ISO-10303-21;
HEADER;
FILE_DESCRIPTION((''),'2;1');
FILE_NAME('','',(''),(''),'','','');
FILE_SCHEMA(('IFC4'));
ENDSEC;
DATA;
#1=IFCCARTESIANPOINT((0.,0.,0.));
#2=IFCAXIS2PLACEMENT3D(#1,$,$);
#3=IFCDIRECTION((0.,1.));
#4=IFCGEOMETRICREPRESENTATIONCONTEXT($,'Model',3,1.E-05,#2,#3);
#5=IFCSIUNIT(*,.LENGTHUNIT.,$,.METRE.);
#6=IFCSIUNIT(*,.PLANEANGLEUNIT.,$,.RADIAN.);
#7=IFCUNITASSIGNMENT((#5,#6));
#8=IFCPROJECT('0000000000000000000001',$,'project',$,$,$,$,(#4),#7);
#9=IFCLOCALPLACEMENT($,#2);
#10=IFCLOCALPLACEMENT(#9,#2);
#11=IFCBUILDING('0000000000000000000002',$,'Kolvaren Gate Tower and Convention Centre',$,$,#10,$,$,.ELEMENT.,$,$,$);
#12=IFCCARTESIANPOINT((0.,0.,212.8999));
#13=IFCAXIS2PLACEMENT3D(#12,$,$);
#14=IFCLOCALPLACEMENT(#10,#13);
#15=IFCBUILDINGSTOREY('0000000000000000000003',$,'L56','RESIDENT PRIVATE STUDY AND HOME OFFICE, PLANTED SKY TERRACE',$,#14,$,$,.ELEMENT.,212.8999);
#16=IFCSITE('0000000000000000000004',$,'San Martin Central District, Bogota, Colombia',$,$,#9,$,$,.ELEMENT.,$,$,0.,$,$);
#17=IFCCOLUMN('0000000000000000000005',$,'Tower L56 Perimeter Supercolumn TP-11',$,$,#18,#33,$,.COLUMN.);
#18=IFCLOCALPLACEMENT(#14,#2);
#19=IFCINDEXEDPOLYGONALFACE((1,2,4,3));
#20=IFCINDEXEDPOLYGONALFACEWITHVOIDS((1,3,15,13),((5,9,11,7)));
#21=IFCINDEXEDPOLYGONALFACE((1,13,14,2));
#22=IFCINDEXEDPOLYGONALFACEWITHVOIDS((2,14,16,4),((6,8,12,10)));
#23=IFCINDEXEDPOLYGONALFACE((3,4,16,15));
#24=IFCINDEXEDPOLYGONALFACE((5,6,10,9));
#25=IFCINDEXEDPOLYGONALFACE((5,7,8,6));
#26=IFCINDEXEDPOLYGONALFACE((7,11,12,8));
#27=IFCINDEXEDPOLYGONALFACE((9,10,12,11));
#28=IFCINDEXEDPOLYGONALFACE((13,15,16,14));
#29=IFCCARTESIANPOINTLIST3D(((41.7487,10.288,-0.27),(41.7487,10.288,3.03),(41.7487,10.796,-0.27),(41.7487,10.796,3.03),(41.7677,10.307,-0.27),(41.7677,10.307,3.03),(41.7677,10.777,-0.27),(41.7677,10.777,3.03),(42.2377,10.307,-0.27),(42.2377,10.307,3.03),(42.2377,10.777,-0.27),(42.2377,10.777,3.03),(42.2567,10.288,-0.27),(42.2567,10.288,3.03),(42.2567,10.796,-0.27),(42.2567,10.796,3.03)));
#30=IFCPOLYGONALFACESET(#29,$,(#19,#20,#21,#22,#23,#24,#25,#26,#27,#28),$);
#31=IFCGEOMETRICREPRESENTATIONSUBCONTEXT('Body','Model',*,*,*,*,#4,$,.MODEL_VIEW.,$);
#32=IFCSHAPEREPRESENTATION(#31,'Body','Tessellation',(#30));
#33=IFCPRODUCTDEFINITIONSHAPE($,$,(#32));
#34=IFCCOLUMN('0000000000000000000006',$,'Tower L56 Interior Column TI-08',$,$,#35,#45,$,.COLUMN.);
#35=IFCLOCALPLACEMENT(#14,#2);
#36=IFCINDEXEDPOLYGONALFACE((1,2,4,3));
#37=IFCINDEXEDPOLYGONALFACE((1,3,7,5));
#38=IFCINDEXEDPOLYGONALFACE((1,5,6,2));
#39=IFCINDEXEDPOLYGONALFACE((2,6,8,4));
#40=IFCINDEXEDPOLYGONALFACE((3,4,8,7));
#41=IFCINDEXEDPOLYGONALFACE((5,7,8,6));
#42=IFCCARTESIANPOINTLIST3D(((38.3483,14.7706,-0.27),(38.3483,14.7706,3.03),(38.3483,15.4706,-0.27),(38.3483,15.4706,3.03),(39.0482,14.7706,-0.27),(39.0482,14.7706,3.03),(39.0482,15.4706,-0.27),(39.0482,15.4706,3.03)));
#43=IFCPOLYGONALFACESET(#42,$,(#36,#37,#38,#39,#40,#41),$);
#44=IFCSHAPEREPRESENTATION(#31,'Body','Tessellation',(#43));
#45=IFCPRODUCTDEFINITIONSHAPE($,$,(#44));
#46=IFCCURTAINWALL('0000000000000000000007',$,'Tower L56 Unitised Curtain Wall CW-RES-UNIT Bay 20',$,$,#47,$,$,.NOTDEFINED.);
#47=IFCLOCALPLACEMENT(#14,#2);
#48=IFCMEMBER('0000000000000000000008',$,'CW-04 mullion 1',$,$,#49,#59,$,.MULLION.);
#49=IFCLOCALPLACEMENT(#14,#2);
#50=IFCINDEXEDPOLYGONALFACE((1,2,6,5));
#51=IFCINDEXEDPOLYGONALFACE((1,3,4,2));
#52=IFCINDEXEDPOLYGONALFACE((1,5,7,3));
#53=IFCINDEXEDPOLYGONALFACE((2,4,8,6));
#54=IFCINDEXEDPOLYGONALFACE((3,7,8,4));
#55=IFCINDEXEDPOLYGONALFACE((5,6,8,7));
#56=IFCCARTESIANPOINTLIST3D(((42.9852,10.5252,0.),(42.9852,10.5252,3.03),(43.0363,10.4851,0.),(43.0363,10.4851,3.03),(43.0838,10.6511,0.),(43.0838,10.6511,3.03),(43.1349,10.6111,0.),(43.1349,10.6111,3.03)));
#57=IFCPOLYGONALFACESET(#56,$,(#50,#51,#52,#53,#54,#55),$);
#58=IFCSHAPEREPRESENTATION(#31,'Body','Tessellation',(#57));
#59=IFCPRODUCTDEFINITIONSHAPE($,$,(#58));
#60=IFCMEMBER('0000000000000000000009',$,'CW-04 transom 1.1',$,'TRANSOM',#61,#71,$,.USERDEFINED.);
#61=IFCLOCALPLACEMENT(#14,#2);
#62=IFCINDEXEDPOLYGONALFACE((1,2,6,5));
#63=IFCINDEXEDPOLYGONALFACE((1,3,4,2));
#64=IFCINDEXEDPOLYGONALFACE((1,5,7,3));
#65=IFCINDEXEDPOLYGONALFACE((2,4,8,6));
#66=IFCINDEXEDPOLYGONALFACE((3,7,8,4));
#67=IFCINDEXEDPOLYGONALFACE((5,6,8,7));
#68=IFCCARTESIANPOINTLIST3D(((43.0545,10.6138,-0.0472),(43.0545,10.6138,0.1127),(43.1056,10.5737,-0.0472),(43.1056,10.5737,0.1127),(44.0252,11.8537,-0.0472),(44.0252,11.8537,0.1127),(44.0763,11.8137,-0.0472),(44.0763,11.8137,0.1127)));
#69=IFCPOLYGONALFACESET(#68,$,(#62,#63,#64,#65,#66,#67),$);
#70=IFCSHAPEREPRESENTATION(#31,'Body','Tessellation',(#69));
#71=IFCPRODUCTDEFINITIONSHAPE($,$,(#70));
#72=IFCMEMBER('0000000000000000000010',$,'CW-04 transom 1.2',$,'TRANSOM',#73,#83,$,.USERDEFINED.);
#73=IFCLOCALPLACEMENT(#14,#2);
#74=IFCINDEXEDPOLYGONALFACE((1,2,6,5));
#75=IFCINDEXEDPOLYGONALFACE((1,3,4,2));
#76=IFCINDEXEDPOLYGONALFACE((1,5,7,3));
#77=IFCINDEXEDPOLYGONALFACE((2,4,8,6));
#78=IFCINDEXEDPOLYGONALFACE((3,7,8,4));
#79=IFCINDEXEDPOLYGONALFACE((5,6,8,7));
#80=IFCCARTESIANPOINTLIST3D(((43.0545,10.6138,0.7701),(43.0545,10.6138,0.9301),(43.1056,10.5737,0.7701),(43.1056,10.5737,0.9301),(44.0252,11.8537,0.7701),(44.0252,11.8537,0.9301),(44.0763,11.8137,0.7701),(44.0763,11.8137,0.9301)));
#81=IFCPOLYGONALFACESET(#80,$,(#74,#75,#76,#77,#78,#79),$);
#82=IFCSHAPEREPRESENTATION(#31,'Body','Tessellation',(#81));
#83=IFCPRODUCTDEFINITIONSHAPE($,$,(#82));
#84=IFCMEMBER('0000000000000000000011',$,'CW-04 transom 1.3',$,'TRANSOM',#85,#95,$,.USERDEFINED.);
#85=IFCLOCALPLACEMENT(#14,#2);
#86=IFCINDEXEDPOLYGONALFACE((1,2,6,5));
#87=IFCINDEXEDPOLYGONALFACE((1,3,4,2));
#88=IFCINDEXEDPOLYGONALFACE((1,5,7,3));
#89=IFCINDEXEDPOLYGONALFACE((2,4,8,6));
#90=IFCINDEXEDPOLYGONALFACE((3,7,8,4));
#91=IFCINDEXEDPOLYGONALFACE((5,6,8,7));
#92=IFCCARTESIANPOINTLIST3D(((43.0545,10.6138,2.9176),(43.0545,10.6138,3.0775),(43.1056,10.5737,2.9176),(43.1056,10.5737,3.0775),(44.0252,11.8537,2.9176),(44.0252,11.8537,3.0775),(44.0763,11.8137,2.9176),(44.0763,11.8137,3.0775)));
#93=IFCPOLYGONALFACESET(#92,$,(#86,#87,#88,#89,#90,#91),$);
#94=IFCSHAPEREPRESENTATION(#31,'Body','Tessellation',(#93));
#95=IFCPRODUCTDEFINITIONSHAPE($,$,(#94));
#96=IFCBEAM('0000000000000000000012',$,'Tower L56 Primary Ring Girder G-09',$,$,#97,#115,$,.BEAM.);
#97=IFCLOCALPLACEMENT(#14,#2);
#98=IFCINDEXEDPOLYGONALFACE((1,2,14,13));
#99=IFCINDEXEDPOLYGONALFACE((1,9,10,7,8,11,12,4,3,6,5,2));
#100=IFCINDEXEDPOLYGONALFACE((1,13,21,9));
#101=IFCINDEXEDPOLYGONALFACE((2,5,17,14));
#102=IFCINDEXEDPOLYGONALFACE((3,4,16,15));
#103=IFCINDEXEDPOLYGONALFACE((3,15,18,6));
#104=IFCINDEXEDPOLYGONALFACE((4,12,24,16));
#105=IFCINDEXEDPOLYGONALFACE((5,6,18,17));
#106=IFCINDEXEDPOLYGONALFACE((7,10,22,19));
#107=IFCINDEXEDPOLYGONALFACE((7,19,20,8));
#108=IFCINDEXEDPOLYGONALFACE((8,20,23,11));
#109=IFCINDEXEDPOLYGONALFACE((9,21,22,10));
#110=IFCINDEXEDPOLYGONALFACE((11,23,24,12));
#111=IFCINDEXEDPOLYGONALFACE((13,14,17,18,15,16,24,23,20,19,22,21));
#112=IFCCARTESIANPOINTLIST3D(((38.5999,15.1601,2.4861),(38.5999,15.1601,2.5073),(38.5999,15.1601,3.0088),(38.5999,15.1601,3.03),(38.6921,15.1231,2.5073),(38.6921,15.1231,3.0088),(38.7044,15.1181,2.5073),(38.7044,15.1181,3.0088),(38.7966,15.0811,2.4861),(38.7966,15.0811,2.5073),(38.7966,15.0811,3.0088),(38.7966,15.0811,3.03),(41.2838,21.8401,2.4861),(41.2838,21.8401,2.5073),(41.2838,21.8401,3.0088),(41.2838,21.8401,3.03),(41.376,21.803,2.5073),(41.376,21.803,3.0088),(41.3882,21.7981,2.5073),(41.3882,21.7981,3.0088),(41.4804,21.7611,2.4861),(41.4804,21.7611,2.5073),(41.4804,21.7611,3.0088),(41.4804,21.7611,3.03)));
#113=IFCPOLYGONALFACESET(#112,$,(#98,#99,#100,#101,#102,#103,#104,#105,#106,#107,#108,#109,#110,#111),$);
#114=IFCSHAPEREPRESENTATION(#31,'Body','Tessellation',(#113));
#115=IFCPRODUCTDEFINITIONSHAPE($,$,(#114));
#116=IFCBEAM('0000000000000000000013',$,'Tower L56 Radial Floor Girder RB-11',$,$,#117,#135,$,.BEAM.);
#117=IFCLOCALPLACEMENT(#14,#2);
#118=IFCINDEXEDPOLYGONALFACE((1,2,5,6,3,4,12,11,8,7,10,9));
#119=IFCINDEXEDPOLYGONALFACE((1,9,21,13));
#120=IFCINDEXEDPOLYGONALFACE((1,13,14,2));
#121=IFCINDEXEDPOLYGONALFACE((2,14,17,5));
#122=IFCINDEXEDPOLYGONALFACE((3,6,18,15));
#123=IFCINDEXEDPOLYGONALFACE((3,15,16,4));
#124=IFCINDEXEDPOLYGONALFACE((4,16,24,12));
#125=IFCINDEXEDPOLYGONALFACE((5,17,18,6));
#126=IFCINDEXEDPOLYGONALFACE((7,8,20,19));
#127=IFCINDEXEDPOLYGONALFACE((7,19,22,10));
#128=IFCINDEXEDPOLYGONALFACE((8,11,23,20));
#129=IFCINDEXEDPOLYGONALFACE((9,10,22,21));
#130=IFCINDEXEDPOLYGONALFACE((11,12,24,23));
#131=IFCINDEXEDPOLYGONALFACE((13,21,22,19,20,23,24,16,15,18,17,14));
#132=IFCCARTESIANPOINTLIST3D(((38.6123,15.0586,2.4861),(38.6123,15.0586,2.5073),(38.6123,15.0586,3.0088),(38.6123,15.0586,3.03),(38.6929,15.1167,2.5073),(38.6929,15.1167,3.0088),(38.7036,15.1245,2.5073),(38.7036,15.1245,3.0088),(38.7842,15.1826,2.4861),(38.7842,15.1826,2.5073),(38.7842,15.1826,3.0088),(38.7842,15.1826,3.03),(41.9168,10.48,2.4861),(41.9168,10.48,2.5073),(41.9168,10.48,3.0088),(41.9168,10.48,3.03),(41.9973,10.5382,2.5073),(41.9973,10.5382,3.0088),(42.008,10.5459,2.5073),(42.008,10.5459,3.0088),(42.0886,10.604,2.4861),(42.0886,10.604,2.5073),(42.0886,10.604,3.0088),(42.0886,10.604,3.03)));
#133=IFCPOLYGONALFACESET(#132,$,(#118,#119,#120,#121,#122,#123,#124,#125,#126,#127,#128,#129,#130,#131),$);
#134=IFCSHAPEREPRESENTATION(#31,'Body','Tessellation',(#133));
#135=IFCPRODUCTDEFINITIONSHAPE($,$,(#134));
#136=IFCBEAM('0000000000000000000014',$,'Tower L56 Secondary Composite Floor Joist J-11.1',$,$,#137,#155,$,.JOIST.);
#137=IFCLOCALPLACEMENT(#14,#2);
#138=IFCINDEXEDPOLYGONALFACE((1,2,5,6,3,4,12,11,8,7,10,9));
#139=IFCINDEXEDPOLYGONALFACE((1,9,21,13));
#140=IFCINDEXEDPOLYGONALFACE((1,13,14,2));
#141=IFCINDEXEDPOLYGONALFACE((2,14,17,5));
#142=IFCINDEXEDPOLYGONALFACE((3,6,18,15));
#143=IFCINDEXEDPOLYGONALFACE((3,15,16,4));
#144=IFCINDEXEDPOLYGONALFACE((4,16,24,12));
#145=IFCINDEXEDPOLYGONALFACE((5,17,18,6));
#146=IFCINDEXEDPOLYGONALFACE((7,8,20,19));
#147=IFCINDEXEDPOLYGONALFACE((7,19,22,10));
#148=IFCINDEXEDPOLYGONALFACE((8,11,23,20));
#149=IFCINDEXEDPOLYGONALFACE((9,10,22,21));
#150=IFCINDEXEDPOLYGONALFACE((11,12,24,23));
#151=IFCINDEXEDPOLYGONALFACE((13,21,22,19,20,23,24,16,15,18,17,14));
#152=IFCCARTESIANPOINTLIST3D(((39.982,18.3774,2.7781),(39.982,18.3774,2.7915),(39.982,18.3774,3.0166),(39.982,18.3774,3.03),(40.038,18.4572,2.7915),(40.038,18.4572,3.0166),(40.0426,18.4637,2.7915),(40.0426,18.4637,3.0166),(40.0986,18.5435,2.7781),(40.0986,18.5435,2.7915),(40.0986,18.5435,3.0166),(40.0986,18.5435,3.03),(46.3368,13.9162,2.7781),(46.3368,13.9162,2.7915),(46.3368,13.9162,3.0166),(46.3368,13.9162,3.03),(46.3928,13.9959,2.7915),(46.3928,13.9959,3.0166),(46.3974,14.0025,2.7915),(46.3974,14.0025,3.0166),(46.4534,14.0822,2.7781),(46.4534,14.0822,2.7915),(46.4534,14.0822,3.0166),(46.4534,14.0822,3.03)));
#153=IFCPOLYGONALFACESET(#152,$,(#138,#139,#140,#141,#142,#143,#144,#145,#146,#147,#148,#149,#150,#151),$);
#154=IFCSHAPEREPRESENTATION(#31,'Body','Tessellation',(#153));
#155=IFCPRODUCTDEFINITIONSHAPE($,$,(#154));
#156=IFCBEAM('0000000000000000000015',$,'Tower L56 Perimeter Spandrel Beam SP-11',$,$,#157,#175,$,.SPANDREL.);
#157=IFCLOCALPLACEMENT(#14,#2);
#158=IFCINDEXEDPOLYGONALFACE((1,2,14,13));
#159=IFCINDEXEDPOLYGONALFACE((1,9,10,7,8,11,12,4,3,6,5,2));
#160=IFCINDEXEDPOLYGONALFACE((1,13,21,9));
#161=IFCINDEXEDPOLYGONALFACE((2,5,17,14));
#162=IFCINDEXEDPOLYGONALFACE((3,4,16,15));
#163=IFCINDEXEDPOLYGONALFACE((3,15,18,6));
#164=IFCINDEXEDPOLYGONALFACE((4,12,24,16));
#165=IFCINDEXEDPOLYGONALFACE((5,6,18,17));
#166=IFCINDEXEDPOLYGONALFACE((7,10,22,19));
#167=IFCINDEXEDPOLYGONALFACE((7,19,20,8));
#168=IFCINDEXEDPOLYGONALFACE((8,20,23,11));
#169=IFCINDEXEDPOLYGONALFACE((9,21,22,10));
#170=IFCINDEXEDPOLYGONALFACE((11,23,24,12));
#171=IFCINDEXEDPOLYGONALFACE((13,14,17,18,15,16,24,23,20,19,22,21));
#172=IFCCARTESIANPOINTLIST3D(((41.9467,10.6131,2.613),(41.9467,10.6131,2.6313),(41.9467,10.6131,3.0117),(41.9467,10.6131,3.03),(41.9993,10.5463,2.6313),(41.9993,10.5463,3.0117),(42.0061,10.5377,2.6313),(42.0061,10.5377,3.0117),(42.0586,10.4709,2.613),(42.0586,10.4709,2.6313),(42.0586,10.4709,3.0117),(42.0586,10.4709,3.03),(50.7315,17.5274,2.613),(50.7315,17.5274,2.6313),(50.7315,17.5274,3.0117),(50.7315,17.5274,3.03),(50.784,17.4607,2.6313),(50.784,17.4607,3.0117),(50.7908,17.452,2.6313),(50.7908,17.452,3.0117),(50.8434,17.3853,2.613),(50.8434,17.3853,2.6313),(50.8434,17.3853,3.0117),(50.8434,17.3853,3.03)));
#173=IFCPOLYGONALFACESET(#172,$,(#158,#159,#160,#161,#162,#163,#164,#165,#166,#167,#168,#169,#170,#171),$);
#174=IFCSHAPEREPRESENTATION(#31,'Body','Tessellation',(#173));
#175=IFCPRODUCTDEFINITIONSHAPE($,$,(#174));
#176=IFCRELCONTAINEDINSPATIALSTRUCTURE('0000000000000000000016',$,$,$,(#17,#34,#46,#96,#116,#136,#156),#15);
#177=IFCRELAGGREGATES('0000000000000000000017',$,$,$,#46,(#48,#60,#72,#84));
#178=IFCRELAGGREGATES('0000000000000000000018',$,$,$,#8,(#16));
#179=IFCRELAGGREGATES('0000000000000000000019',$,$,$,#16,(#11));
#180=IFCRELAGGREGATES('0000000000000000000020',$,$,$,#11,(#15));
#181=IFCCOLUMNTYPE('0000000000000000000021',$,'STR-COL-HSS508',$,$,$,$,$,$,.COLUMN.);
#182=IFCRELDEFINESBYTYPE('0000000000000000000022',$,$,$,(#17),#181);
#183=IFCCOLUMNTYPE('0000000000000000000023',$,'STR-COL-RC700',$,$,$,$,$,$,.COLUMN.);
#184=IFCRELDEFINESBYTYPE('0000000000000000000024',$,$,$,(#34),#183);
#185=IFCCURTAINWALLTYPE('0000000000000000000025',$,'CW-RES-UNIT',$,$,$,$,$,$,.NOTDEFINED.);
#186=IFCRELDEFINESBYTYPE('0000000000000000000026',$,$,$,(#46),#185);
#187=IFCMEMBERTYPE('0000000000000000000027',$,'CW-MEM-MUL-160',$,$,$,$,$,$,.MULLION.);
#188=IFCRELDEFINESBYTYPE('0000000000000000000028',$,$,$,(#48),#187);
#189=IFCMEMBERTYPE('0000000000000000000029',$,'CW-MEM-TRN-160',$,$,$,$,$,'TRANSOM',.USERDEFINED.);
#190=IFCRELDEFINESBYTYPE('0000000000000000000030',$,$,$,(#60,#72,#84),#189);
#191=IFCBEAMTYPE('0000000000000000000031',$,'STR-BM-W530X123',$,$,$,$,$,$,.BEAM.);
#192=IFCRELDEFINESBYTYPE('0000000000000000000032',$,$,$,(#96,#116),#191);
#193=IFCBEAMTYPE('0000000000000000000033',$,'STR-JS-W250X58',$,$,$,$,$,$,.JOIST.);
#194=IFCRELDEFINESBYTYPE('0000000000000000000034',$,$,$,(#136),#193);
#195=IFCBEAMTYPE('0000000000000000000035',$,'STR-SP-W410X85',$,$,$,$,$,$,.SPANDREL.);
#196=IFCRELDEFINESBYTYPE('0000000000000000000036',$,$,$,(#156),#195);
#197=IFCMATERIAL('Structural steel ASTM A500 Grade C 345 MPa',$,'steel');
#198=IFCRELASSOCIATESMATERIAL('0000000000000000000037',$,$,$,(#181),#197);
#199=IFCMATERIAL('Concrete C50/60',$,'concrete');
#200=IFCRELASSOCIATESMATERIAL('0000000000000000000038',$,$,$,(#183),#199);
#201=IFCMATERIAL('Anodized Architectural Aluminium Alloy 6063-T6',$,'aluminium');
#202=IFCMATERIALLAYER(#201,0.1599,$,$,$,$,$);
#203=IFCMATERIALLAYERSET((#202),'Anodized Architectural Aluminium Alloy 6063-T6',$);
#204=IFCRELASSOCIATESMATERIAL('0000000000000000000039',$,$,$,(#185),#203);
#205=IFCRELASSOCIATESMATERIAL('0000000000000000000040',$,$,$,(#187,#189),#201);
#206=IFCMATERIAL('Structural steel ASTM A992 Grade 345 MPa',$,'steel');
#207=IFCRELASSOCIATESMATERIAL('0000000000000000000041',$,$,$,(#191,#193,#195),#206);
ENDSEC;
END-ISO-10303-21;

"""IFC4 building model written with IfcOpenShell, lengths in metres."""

from ifc_helpers import new_model, si_unit, direction, frame, origin, origin_2d, place, context, subcontext, project, spatial, rectangle, hollow_rectangle, i_section, extrude, material, layer, layer_set, material_profile, profile_set, type_object, element, aggregate, save


model = new_model("IFC4")

# Units and contexts
model_context = context("Model", 3, precision=1e-05, world=origin(), true_north=direction((0.0, 1.0)))
body_context = subcontext(model_context, "Body", "Model", "MODEL_VIEW")
ifc_project = project(units=[si_unit("LENGTHUNIT", "METRE"), si_unit("PLANEANGLEUNIT", "RADIAN")], contexts=[model_context])

# Site, building, storey
site_placement = place(None, origin())
site = spatial("IfcSite", under=ifc_project, at=site_placement, Name="San Martin Central District, Bogota, Colombia", CompositionType="ELEMENT", RefElevation=0.0)
building_placement = place(site_placement, origin())
building = spatial("IfcBuilding", under=site, at=building_placement, Name="Kolvaren Gate Tower and Convention Centre", CompositionType="ELEMENT")
storey_placement = place(building_placement, frame((0.0, 0.0, 212.8999)))
storey = spatial("IfcBuildingStorey", under=building, at=storey_placement, Name="L56", Description="RESIDENT PRIVATE STUDY AND HOME OFFICE, PLANTED SKY TERRACE", CompositionType="ELEMENT", Elevation=212.8999)

# Columns
ifc_material_1 = material(Name="Structural steel ASTM A500 Grade C 345 MPa", Category="steel")
ifc_material_profile_1 = material_profile(ifc_material_1, hollow_rectangle(XDim=0.5081, YDim=0.5081, WallThickness=0.019, at=origin_2d()), Name="HSS508X508X19.1")
ifc_profile_set_1 = profile_set([ifc_material_profile_1], Name="Structural steel ASTM A500 Grade C 345 MPa")
column_type_1 = type_object("IfcColumnType", Name="STR-COL-HSS508", PredefinedType="COLUMN", material=ifc_profile_set_1)
column_1_placement = place(storey_placement, frame((42.0027, 10.542, -0.27), z_axis=(0.0, 0.0, 1.0), x_axis=(1.0, 0.0, 0.0)))
element("IfcColumn", 1, at=column_1_placement, inside=storey, type_object=column_type_1, Name="Tower L56 Perimeter Supercolumn TP-11", PredefinedType="COLUMN", context=body_context, shape_type="SweptSolid", body=[
    extrude(hollow_rectangle(XDim=0.5081, YDim=0.5081, WallThickness=0.019, at=origin_2d()), origin(), (0.0, 0.0, 1.0), 3.3),
])
ifc_material_2 = material(Name="Concrete C50/60", Category="concrete")
ifc_material_profile_2 = material_profile(ifc_material_2, rectangle(XDim=0.7, YDim=0.7, at=origin_2d()), Name="RC-COL-700X700")
ifc_profile_set_2 = profile_set([ifc_material_profile_2], Name="Concrete C50/60")
column_type_2 = type_object("IfcColumnType", Name="STR-COL-RC700", PredefinedType="COLUMN", material=ifc_profile_set_2)
column_2_placement = place(storey_placement, frame((38.6982, 15.1206, -0.27), z_axis=(0.0, 0.0, 1.0), x_axis=(1.0, 0.0, 0.0)))
element("IfcColumn", 2, at=column_2_placement, inside=storey, type_object=column_type_2, Name="Tower L56 Interior Column TI-08", PredefinedType="COLUMN", context=body_context, shape_type="SweptSolid", body=[
    extrude(rectangle(XDim=0.7, YDim=0.7, at=origin_2d()), origin(), (0.0, 0.0, 1.0), 3.3),
])

# Curtain wall, members
ifc_material_3 = material(Name="Anodized Architectural Aluminium Alloy 6063-T6", Category="aluminium")
ifc_layer_1 = layer(ifc_material_3, 0.1599)
ifc_layer_set_1 = layer_set([ifc_layer_1], Name="Anodized Architectural Aluminium Alloy 6063-T6")
curtain_wall_type = type_object("IfcCurtainWallType", Name="CW-RES-UNIT", PredefinedType="NOTDEFINED", material=ifc_layer_set_1)
curtain_wall_placement = place(storey_placement, origin())
curtain_wall = element("IfcCurtainWall", 3, at=curtain_wall_placement, inside=storey, type_object=curtain_wall_type, Name="Tower L56 Unitised Curtain Wall CW-RES-UNIT Bay 20", PredefinedType="NOTDEFINED")
ifc_material_profile_3 = material_profile(ifc_material_3, rectangle(XDim=0.0649, YDim=0.1599, at=origin_2d()), Name="CW-MEM-MUL-160")
ifc_profile_set_3 = profile_set([ifc_material_profile_3], Name="Anodized Architectural Aluminium Alloy 6063-T6")
member_type_1 = type_object("IfcMemberType", Name="CW-MEM-MUL-160", PredefinedType="MULLION", material=ifc_profile_set_3)
member_1_placement = place(storey_placement, frame((43.0601, 10.5681, 0.0), z_axis=(0.0, 0.0, 1.0), x_axis=(-0.787404, 0.616437, 0.0)))
member_1 = element("IfcMember", 4, at=member_1_placement, type_object=member_type_1, Name="CW-04 mullion 1", PredefinedType="MULLION", context=body_context, shape_type="SweptSolid", body=[
    extrude(rectangle(XDim=0.0649, YDim=0.1599, at=origin_2d()), origin(), (0.0, 0.0, 1.0), 3.03),
])
ifc_material_profile_4 = material_profile(ifc_material_3, rectangle(XDim=0.0649, YDim=0.1599, at=origin_2d()), Name="CW-MEM-TRN-160")
ifc_profile_set_4 = profile_set([ifc_material_profile_4], Name="Anodized Architectural Aluminium Alloy 6063-T6")
member_type_2 = type_object("IfcMemberType", Name="CW-MEM-TRN-160", ElementType="TRANSOM", PredefinedType="USERDEFINED", material=ifc_profile_set_4)
member_2_placement = place(storey_placement, frame((43.0801, 10.5938, 0.0327), z_axis=(0.616417, 0.78742, 0.0), x_axis=(-0.78742, 0.616417, 0.0)))
member_2 = element("IfcMember", 5, at=member_2_placement, type_object=member_type_2, Name="CW-04 transom 1.1", ObjectType="TRANSOM", PredefinedType="USERDEFINED", context=body_context, shape_type="SweptSolid", body=[
    extrude(rectangle(XDim=0.0649, YDim=0.1599, at=origin_2d()), origin(), (0.0, 0.0, 1.0), 1.5747),
])
member_3_placement = place(storey_placement, frame((43.0801, 10.5938, 0.8501), z_axis=(0.616417, 0.78742, 0.0), x_axis=(-0.78742, 0.616417, 0.0)))
member_3 = element("IfcMember", 6, at=member_3_placement, type_object=member_type_2, Name="CW-04 transom 1.2", ObjectType="TRANSOM", PredefinedType="USERDEFINED", context=body_context, shape_type="SweptSolid", body=[
    extrude(rectangle(XDim=0.0649, YDim=0.1599, at=origin_2d()), origin(), (0.0, 0.0, 1.0), 1.5747),
])
member_4_placement = place(storey_placement, frame((43.0801, 10.5938, 2.9976), z_axis=(0.616417, 0.78742, 0.0), x_axis=(-0.78742, 0.616417, 0.0)))
member_4 = element("IfcMember", 7, at=member_4_placement, type_object=member_type_2, Name="CW-04 transom 1.3", ObjectType="TRANSOM", PredefinedType="USERDEFINED", context=body_context, shape_type="SweptSolid", body=[
    extrude(rectangle(XDim=0.0649, YDim=0.1599, at=origin_2d()), origin(), (0.0, 0.0, 1.0), 1.5747),
])

# Beams
ifc_material_4 = material(Name="Structural steel ASTM A992 Grade 345 MPa", Category="steel")
ifc_material_profile_5 = material_profile(ifc_material_4, i_section(OverallWidth=0.2119, OverallDepth=0.5439, WebThickness=0.0132, FlangeThickness=0.0212, at=origin_2d()), Name="W530X123")
ifc_profile_set_5 = profile_set([ifc_material_profile_5], Name="Structural steel ASTM A992 Grade 345 MPa")
beam_type_1 = type_object("IfcBeamType", Name="STR-BM-W530X123", PredefinedType="BEAM", material=ifc_profile_set_5)
beam_1_placement = place(storey_placement, frame((38.6982, 15.1206, 2.7581), z_axis=(0.372811, 0.927907, 0.0), x_axis=(-0.927907, 0.372811, 0.0)))
element("IfcBeam", 8, at=beam_1_placement, inside=storey, type_object=beam_type_1, Name="Tower L56 Primary Ring Girder G-09", PredefinedType="BEAM", context=body_context, shape_type="SweptSolid", body=[
    extrude(i_section(OverallWidth=0.2119, OverallDepth=0.5439, WebThickness=0.0132, FlangeThickness=0.0212, at=origin_2d()), origin(), (0.0, 0.0, 1.0), 7.199),
])
beam_2_placement = place(storey_placement, frame((38.6982, 15.1206, 2.7581), z_axis=(0.585219, -0.810875, 0.0), x_axis=(0.810875, 0.585219, 0.0)))
element("IfcBeam", 9, at=beam_2_placement, inside=storey, type_object=beam_type_1, Name="Tower L56 Radial Floor Girder RB-11", PredefinedType="BEAM", context=body_context, shape_type="SweptSolid", body=[
    extrude(i_section(OverallWidth=0.2119, OverallDepth=0.5439, WebThickness=0.0132, FlangeThickness=0.0212, at=origin_2d()), origin(), (0.0, 0.0, 1.0), 5.6465),
])
ifc_material_profile_6 = material_profile(ifc_material_4, i_section(OverallWidth=0.2029, OverallDepth=0.252, WebThickness=0.0081, FlangeThickness=0.0134, at=origin_2d()), Name="W250X58")
ifc_profile_set_6 = profile_set([ifc_material_profile_6], Name="Structural steel ASTM A992 Grade 345 MPa")
beam_type_2 = type_object("IfcBeamType", Name="STR-JS-W250X58", PredefinedType="JOIST", material=ifc_profile_set_6)
beam_3_placement = place(storey_placement, frame((40.0403, 18.4604, 2.9041), z_axis=(0.818453, -0.574574, 0.0), x_axis=(0.574574, 0.818453, 0.0)))
element("IfcBeam", 10, at=beam_3_placement, inside=storey, type_object=beam_type_2, Name="Tower L56 Secondary Composite Floor Joist J-11.1", PredefinedType="JOIST", context=body_context, shape_type="SweptSolid", body=[
    extrude(i_section(OverallWidth=0.2029, OverallDepth=0.252, WebThickness=0.0081, FlangeThickness=0.0134, at=origin_2d()), origin(), (0.0, 0.0, 1.0), 7.7644),
])
ifc_material_profile_7 = material_profile(ifc_material_4, i_section(OverallWidth=0.1809, OverallDepth=0.417, WebThickness=0.011, FlangeThickness=0.0183, at=origin_2d()), Name="W410X85")
ifc_profile_set_7 = profile_set([ifc_material_profile_7], Name="Structural steel ASTM A992 Grade 345 MPa")
beam_type_3 = type_object("IfcBeamType", Name="STR-SP-W410X85", PredefinedType="SPANDREL", material=ifc_profile_set_7)
beam_4_placement = place(storey_placement, frame((42.0027, 10.542, 2.8215), z_axis=(0.785794, 0.618489, 0.0), x_axis=(-0.618489, 0.785794, 0.0)))
element("IfcBeam", 11, at=beam_4_placement, inside=storey, type_object=beam_type_3, Name="Tower L56 Perimeter Spandrel Beam SP-11", PredefinedType="SPANDREL", context=body_context, shape_type="SweptSolid", body=[
    extrude(i_section(OverallWidth=0.1809, OverallDepth=0.417, WebThickness=0.011, FlangeThickness=0.0183, at=origin_2d()), origin(), (0.0, 0.0, 1.0), 11.1794),
])

aggregate(curtain_wall, [member_1, member_2, member_3, member_4])

save(model, "model.ifc")
